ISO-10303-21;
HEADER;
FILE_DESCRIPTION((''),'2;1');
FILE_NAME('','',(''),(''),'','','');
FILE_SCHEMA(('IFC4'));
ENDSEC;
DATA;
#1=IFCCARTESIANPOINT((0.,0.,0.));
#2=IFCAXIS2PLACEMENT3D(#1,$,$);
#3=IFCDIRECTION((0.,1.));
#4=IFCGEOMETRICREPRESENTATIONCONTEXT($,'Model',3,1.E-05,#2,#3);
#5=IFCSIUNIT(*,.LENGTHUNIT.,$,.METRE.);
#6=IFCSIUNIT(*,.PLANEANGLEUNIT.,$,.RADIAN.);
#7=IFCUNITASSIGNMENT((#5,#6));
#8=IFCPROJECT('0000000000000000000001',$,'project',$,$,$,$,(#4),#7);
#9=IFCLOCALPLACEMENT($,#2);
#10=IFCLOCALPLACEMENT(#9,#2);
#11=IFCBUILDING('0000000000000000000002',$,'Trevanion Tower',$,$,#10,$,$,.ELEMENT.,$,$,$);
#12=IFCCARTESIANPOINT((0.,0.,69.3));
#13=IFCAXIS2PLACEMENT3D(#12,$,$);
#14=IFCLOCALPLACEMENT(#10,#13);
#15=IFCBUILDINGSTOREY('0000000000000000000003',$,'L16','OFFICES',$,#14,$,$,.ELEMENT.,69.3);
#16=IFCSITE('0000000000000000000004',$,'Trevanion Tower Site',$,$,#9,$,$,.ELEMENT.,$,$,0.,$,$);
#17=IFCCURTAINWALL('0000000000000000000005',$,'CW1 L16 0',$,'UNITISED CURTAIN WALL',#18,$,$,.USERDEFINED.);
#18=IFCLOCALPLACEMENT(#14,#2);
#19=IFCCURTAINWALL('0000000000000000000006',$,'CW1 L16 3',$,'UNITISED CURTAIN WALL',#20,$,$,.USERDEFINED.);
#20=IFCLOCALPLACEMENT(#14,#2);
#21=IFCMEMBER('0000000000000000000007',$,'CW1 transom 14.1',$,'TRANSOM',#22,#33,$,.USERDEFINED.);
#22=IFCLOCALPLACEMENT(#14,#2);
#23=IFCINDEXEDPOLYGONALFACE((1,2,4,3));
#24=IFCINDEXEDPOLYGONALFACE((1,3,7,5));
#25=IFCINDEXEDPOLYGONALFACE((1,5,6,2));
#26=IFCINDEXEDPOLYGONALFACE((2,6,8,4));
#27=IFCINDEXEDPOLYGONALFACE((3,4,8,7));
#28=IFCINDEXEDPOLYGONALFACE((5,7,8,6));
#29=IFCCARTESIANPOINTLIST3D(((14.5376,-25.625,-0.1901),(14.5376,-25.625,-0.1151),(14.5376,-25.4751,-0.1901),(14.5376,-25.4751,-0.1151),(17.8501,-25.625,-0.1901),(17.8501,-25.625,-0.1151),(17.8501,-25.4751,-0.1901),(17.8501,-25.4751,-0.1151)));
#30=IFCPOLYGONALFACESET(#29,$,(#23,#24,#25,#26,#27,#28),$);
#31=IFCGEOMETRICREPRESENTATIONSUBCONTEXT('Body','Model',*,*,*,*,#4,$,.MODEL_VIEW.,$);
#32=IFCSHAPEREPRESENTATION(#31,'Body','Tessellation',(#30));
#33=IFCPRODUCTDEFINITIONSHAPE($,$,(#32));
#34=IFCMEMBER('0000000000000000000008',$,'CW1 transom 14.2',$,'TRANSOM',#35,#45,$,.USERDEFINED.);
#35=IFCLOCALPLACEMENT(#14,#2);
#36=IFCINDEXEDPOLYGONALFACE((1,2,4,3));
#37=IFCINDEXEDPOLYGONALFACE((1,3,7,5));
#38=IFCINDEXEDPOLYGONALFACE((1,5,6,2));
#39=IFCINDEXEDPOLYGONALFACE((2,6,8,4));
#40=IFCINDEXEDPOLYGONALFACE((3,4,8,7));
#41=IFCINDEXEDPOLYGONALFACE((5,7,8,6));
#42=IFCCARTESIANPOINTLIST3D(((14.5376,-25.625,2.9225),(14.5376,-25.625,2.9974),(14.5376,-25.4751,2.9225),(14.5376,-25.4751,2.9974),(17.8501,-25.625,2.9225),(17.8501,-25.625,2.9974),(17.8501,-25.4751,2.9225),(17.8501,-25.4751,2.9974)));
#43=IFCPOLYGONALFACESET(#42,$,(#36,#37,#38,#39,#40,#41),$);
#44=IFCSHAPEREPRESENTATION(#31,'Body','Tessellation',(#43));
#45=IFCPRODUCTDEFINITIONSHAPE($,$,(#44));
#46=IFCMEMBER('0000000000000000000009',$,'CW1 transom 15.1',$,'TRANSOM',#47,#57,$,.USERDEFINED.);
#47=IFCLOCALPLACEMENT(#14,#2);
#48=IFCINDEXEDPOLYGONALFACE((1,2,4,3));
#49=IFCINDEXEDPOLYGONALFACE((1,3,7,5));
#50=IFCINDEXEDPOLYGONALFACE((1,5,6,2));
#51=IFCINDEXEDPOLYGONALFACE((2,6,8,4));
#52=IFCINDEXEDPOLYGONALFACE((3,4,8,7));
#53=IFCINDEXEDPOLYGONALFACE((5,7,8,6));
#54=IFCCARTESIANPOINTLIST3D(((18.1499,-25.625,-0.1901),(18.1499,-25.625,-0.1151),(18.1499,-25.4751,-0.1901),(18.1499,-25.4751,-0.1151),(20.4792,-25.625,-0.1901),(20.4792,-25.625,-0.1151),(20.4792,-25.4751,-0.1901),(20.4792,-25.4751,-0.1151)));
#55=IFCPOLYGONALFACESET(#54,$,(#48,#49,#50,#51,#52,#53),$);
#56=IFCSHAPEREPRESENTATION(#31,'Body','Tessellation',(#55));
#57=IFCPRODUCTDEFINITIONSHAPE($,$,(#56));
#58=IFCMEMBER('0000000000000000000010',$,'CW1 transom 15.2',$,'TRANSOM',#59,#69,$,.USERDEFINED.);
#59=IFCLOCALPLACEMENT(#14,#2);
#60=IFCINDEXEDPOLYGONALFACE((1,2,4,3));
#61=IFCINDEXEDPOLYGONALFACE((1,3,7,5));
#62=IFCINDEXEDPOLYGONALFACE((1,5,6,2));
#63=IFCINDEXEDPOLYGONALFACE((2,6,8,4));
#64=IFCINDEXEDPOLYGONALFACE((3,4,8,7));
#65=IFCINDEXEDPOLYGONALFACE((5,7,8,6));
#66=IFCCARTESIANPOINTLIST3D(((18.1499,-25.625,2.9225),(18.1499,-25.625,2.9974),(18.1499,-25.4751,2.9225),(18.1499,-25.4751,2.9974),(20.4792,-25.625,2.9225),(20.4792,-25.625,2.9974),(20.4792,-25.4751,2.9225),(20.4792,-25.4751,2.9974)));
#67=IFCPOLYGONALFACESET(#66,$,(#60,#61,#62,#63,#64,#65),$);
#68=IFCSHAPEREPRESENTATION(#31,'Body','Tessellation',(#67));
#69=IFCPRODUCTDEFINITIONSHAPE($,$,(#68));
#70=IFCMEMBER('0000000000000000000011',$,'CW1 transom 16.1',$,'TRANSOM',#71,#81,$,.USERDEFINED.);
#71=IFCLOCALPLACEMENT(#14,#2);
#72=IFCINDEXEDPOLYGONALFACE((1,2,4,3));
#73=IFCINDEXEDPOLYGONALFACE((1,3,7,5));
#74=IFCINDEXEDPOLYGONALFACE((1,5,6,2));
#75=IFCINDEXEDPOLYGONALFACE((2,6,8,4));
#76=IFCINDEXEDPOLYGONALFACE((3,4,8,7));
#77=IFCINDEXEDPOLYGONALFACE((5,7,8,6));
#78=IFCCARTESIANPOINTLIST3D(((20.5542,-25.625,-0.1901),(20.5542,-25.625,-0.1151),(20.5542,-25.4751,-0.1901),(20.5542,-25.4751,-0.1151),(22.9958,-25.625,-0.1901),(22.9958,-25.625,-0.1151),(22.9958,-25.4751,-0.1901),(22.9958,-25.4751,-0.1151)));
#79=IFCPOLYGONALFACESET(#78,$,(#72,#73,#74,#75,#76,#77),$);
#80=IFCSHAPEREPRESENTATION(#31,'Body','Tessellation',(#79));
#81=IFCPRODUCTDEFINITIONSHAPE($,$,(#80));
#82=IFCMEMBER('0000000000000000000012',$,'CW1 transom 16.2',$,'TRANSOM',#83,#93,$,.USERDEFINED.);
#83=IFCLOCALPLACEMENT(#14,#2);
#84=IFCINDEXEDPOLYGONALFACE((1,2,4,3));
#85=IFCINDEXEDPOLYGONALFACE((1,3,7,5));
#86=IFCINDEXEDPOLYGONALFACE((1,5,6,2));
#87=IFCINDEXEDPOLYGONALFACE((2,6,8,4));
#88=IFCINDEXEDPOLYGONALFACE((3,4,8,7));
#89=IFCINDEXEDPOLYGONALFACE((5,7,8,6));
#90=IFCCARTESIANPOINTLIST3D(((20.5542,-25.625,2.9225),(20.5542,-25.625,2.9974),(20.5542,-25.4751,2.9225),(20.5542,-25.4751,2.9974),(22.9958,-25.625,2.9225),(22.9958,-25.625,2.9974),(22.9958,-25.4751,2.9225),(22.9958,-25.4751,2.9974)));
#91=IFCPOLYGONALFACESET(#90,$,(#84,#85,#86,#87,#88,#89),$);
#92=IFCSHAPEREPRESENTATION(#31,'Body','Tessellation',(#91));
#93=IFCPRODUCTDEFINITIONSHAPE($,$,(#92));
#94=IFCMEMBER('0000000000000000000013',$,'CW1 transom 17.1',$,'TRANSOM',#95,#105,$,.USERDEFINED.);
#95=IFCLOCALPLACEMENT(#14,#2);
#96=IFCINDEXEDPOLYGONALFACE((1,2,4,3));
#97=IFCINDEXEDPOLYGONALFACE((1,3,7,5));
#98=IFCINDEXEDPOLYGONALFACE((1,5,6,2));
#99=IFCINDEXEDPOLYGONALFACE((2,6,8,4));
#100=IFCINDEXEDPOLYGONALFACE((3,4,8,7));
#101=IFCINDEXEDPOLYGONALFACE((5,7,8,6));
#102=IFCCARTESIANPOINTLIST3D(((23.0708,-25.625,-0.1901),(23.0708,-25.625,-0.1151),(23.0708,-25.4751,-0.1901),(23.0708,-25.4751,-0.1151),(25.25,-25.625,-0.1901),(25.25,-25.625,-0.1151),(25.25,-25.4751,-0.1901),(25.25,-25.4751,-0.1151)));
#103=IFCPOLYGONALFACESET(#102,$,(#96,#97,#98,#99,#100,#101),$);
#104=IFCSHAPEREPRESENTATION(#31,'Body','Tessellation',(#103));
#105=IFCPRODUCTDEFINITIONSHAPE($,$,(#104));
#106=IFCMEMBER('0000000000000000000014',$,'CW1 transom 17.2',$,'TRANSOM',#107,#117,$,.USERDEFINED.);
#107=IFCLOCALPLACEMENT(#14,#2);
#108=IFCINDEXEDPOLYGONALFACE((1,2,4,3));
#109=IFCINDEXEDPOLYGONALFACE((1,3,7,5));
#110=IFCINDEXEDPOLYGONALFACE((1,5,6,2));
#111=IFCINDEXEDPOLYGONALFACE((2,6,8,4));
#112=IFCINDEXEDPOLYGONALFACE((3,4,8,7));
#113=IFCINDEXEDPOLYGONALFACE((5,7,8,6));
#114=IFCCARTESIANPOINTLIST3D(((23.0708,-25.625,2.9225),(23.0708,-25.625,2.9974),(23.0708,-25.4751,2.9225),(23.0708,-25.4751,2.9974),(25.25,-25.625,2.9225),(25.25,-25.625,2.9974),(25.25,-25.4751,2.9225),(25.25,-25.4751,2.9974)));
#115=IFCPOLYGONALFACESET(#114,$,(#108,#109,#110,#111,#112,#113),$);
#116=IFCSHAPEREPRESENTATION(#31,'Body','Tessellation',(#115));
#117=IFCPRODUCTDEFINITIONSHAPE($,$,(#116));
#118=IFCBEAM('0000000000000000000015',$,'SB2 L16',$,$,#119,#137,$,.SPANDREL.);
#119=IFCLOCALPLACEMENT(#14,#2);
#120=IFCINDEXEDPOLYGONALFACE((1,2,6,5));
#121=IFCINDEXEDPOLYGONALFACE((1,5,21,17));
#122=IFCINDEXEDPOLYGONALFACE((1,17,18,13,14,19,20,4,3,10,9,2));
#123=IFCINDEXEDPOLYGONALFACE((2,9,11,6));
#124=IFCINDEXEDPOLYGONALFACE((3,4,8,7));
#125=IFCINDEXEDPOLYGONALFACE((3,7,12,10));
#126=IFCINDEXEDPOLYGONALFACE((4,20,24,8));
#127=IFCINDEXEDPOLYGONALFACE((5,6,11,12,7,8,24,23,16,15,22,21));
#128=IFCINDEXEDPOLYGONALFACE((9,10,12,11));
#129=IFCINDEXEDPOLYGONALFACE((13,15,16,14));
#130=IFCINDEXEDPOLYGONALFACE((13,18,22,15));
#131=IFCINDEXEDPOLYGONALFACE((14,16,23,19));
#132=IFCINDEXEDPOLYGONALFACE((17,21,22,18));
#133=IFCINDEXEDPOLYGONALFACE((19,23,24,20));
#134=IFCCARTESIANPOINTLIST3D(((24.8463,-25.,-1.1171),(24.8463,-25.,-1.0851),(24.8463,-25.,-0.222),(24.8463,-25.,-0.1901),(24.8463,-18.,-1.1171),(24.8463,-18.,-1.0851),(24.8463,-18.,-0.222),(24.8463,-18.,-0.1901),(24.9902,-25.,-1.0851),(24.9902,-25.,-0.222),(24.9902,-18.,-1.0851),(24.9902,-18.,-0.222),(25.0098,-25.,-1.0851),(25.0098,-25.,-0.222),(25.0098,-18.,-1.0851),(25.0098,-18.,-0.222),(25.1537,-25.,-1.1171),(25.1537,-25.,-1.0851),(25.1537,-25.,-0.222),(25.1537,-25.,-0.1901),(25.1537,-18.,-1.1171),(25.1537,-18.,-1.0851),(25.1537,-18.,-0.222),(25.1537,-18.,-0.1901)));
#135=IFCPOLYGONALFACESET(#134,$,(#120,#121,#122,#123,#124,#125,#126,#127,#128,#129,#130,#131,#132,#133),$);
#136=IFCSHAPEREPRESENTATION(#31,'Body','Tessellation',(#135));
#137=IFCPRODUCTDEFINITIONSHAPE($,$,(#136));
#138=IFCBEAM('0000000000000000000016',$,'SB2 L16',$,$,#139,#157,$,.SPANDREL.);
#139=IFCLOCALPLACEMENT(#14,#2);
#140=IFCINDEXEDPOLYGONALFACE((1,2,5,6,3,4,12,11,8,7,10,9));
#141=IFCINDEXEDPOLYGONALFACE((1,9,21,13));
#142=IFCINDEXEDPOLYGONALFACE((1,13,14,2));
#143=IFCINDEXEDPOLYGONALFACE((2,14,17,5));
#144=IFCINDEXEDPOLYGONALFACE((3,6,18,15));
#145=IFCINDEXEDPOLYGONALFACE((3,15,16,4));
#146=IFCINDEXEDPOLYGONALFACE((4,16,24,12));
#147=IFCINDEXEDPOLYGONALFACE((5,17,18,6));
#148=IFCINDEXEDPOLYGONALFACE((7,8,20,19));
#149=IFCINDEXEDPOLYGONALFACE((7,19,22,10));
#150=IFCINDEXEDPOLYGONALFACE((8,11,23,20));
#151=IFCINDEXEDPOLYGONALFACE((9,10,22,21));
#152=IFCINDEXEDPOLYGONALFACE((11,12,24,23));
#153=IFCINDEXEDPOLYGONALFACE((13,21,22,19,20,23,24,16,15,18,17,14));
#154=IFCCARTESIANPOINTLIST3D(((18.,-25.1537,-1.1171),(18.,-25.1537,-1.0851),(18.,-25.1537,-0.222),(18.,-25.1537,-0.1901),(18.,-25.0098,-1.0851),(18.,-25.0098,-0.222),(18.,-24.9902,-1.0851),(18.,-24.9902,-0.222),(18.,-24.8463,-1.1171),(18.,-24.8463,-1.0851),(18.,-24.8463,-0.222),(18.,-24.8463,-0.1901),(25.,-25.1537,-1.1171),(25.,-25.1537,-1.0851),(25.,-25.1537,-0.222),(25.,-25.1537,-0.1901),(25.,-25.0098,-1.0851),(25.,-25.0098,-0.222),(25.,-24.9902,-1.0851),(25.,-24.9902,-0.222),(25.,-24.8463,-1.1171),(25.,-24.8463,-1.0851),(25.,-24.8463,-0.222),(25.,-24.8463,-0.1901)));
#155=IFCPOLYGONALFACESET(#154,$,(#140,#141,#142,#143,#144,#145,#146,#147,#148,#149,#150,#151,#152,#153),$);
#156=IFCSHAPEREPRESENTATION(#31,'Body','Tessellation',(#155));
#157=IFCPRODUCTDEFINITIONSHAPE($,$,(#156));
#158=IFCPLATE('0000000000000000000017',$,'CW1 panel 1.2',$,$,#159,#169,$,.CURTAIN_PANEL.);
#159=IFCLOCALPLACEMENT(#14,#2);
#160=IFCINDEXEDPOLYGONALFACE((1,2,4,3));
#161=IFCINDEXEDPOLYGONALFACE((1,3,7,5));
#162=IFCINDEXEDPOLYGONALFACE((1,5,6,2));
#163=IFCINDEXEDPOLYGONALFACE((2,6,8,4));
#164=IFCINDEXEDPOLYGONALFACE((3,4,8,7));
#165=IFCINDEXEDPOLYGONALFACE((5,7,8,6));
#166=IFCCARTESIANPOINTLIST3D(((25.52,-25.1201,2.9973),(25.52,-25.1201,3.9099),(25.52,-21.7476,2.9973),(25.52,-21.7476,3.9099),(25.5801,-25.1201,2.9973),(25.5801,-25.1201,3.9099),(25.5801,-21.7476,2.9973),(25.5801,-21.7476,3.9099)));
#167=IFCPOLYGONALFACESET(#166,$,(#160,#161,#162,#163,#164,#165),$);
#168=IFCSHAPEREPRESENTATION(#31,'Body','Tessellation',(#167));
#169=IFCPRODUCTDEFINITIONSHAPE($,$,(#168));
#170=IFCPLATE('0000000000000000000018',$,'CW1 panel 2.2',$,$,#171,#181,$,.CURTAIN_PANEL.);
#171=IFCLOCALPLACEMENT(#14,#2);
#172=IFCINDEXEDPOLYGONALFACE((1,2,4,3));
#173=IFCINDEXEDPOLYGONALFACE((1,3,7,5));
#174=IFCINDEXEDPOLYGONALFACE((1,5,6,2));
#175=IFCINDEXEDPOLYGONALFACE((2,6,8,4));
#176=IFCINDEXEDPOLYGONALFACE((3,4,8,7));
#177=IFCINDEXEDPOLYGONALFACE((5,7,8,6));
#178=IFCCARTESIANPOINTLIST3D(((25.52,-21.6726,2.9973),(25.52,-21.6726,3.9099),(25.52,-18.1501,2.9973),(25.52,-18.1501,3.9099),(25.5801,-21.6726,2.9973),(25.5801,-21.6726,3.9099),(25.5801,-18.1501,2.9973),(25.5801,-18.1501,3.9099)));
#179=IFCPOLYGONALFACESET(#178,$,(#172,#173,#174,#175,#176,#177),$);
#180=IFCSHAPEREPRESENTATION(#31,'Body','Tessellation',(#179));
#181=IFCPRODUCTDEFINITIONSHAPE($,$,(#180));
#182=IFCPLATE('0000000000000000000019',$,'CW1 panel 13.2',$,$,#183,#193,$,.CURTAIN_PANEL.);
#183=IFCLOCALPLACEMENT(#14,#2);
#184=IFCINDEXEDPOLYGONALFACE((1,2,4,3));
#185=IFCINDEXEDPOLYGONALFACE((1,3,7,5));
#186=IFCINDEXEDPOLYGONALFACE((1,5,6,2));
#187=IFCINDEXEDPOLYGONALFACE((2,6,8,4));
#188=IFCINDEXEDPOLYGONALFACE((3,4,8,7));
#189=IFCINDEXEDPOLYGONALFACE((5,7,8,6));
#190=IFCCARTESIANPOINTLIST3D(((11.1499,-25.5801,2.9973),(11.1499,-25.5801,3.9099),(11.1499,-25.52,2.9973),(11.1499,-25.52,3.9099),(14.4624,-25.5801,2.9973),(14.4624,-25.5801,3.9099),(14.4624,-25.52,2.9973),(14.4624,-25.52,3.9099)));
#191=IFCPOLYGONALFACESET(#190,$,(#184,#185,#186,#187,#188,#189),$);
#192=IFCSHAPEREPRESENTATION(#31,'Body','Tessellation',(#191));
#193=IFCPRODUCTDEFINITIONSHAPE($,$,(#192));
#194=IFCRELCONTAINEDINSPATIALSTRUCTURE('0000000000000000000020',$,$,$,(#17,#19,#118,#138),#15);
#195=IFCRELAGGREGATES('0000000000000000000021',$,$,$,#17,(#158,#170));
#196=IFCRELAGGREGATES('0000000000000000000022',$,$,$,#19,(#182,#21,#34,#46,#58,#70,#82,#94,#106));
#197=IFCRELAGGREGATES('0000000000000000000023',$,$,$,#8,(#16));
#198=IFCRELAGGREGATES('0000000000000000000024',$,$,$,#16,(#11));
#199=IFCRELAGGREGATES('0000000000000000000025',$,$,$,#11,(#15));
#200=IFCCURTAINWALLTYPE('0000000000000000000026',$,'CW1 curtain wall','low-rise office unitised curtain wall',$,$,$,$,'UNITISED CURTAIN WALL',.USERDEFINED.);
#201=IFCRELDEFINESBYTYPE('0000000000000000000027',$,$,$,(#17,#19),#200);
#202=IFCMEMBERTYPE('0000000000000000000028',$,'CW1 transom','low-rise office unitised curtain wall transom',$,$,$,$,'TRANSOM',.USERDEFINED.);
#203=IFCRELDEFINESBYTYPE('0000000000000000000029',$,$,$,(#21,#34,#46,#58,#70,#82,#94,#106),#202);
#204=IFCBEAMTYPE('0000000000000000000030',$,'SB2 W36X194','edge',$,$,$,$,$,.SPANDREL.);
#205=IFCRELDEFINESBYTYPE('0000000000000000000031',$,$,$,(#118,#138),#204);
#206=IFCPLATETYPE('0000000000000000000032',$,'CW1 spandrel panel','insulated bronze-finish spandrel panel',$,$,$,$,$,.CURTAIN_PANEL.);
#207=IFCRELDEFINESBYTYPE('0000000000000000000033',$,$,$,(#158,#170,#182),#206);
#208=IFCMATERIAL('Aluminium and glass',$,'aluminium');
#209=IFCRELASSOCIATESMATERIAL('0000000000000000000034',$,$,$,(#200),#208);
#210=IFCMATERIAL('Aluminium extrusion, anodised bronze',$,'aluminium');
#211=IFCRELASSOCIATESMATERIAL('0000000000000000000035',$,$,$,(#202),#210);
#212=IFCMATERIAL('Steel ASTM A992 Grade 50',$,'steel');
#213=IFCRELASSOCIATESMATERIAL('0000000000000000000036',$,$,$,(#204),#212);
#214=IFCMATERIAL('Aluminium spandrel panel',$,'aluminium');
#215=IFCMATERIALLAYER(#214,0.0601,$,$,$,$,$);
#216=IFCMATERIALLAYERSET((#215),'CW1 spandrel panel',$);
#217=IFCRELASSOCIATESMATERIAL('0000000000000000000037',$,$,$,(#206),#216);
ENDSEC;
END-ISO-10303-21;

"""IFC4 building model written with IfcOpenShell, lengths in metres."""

from ifc_helpers import new_model, si_unit, direction, frame, origin, origin_2d, place, context, subcontext, project, spatial, rectangle, i_section, extrude, material, layer, layer_set, material_profile, profile_set, type_object, element, aggregate, save


model = new_model("IFC4")

# Units and contexts
model_context = context("Model", 3, precision=1e-05, world=origin(), true_north=direction((0.0, 1.0)))
body_context = subcontext(model_context, "Body", "Model", "MODEL_VIEW")
ifc_project = project(units=[si_unit("LENGTHUNIT", "METRE"), si_unit("PLANEANGLEUNIT", "RADIAN")], contexts=[model_context])

# Site, building, storey
site_placement = place(None, origin())
site = spatial("IfcSite", under=ifc_project, at=site_placement, Name="Trevanion Tower Site", CompositionType="ELEMENT", RefElevation=0.0)
building_placement = place(site_placement, origin())
building = spatial("IfcBuilding", under=site, at=building_placement, Name="Trevanion Tower", CompositionType="ELEMENT")
storey_placement = place(building_placement, frame((0.0, 0.0, 69.3)))
storey = spatial("IfcBuildingStorey", under=building, at=storey_placement, Name="L16", Description="OFFICES", CompositionType="ELEMENT", Elevation=69.3)

# Curtain wall
ifc_material_1 = material(Name="Aluminium and glass", Category="aluminium")
curtain_wall_type = type_object("IfcCurtainWallType", Name="CW1 curtain wall", Description="low-rise office unitised curtain wall", ElementType="UNITISED CURTAIN WALL", PredefinedType="USERDEFINED", material=ifc_material_1)
curtain_wall_1_placement = place(storey_placement, origin())
curtain_wall_1 = element("IfcCurtainWall", 1, at=curtain_wall_1_placement, inside=storey, type_object=curtain_wall_type, Name="CW1 L16 0", ObjectType="UNITISED CURTAIN WALL", PredefinedType="USERDEFINED")

# Curtain wall
curtain_wall_2_placement = place(storey_placement, origin())
curtain_wall_2 = element("IfcCurtainWall", 2, at=curtain_wall_2_placement, inside=storey, type_object=curtain_wall_type, Name="CW1 L16 3", ObjectType="UNITISED CURTAIN WALL", PredefinedType="USERDEFINED")

# Members
ifc_material_2 = material(Name="Aluminium extrusion, anodised bronze", Category="aluminium")
ifc_material_profile_1 = material_profile(ifc_material_2, rectangle(XDim=0.1499, YDim=0.075, at=origin_2d()), Name="CW1 transom")
ifc_profile_set_1 = profile_set([ifc_material_profile_1], Name="Aluminium extrusion, anodised bronze")
member_type_1 = type_object("IfcMemberType", Name="CW1 transom", Description="low-rise office unitised curtain wall transom", ElementType="TRANSOM", PredefinedType="USERDEFINED", material=ifc_profile_set_1)
member_1_placement = place(storey_placement, frame((14.5376, -25.55, -0.1526), z_axis=(1.0, 0.0, 0.0), x_axis=(0.0, 1.0, 0.0)))
member_1 = element("IfcMember", 3, at=member_1_placement, type_object=member_type_1, Name="CW1 transom 14.1", ObjectType="TRANSOM", PredefinedType="USERDEFINED", context=body_context, shape_type="SweptSolid", body=[
    extrude(rectangle(XDim=0.1499, YDim=0.075, at=origin_2d()), origin(), (0.0, 0.0, 1.0), 3.3125),
])
member_2_placement = place(storey_placement, frame((14.5376, -25.55, 2.96), z_axis=(1.0, 0.0, 0.0), x_axis=(0.0, 1.0, 0.0)))
member_2 = element("IfcMember", 4, at=member_2_placement, type_object=member_type_1, Name="CW1 transom 14.2", ObjectType="TRANSOM", PredefinedType="USERDEFINED", context=body_context, shape_type="SweptSolid", body=[
    extrude(rectangle(XDim=0.1499, YDim=0.075, at=origin_2d()), origin(), (0.0, 0.0, 1.0), 3.3125),
])
member_3_placement = place(storey_placement, frame((18.1499, -25.55, -0.1526), z_axis=(1.0, 0.0, 0.0), x_axis=(0.0, 1.0, 0.0)))
member_3 = element("IfcMember", 5, at=member_3_placement, type_object=member_type_1, Name="CW1 transom 15.1", ObjectType="TRANSOM", PredefinedType="USERDEFINED", context=body_context, shape_type="SweptSolid", body=[
    extrude(rectangle(XDim=0.1499, YDim=0.075, at=origin_2d()), origin(), (0.0, 0.0, 1.0), 2.3293),
])
member_4_placement = place(storey_placement, frame((18.1499, -25.55, 2.96), z_axis=(1.0, 0.0, 0.0), x_axis=(0.0, 1.0, 0.0)))
member_4 = element("IfcMember", 6, at=member_4_placement, type_object=member_type_1, Name="CW1 transom 15.2", ObjectType="TRANSOM", PredefinedType="USERDEFINED", context=body_context, shape_type="SweptSolid", body=[
    extrude(rectangle(XDim=0.1499, YDim=0.075, at=origin_2d()), origin(), (0.0, 0.0, 1.0), 2.3293),
])
member_5_placement = place(storey_placement, frame((20.5542, -25.55, -0.1526), z_axis=(1.0, 0.0, 0.0), x_axis=(0.0, 1.0, 0.0)))
member_5 = element("IfcMember", 7, at=member_5_placement, type_object=member_type_1, Name="CW1 transom 16.1", ObjectType="TRANSOM", PredefinedType="USERDEFINED", context=body_context, shape_type="SweptSolid", body=[
    extrude(rectangle(XDim=0.1499, YDim=0.075, at=origin_2d()), origin(), (0.0, 0.0, 1.0), 2.4417),
])
member_6_placement = place(storey_placement, frame((20.5542, -25.55, 2.96), z_axis=(1.0, 0.0, 0.0), x_axis=(0.0, 1.0, 0.0)))
member_6 = element("IfcMember", 8, at=member_6_placement, type_object=member_type_1, Name="CW1 transom 16.2", ObjectType="TRANSOM", PredefinedType="USERDEFINED", context=body_context, shape_type="SweptSolid", body=[
    extrude(rectangle(XDim=0.1499, YDim=0.075, at=origin_2d()), origin(), (0.0, 0.0, 1.0), 2.4417),
])
member_7_placement = place(storey_placement, frame((23.0708, -25.55, -0.1526), z_axis=(1.0, 0.0, 0.0), x_axis=(0.0, 1.0, 0.0)))
member_7 = element("IfcMember", 9, at=member_7_placement, type_object=member_type_1, Name="CW1 transom 17.1", ObjectType="TRANSOM", PredefinedType="USERDEFINED", context=body_context, shape_type="SweptSolid", body=[
    extrude(rectangle(XDim=0.1499, YDim=0.075, at=origin_2d()), origin(), (0.0, 0.0, 1.0), 2.1792),
])
member_8_placement = place(storey_placement, frame((23.0708, -25.55, 2.96), z_axis=(1.0, 0.0, 0.0), x_axis=(0.0, 1.0, 0.0)))
member_8 = element("IfcMember", 10, at=member_8_placement, type_object=member_type_1, Name="CW1 transom 17.2", ObjectType="TRANSOM", PredefinedType="USERDEFINED", context=body_context, shape_type="SweptSolid", body=[
    extrude(rectangle(XDim=0.1499, YDim=0.075, at=origin_2d()), origin(), (0.0, 0.0, 1.0), 2.1792),
])

# Beams
ifc_material_3 = material(Name="Steel ASTM A992 Grade 50", Category="steel")
ifc_material_profile_2 = material_profile(ifc_material_3, i_section(OverallWidth=0.3074, OverallDepth=0.927, WebThickness=0.0195, FlangeThickness=0.032, at=origin_2d()), Name="W36X194")
ifc_profile_set_2 = profile_set([ifc_material_profile_2], Name="Steel ASTM A992 Grade 50")
beam_type = type_object("IfcBeamType", Name="SB2 W36X194", Description="edge", PredefinedType="SPANDREL", material=ifc_profile_set_2)
for number, where, z_axis, x_axis, name in (
    (11, (25.0, -25.0, -0.6536), (0.0, 1.0, 0.0), (-1.0, 0.0, 0.0), "SB2 L16"),
    (12, (18.0, -25.0, -0.6536), (1.0, 0.0, 0.0), (0.0, 1.0, 0.0), "SB2 L16"),
):
    element("IfcBeam", number, at=place(storey_placement, frame(where, z_axis=z_axis, x_axis=x_axis)), inside=storey, type_object=beam_type, Name=name, PredefinedType="SPANDREL", context=body_context, shape_type="SweptSolid", body=[
        extrude(i_section(OverallWidth=0.3074, OverallDepth=0.927, WebThickness=0.0195, FlangeThickness=0.032, at=origin_2d()), origin(), (0.0, 0.0, 1.0), 7.0),
    ])

# Plates
ifc_material_4 = material(Name="Aluminium spandrel panel", Category="aluminium")
ifc_layer_1 = layer(ifc_material_4, 0.0601)
ifc_layer_set_1 = layer_set([ifc_layer_1], Name="CW1 spandrel panel")
plate_type_1 = type_object("IfcPlateType", Name="CW1 spandrel panel", Description="insulated bronze-finish spandrel panel", PredefinedType="CURTAIN_PANEL", material=ifc_layer_set_1)
plate_1_placement = place(storey_placement, frame((25.55, -23.4338, 2.9973), z_axis=(0.0, 0.0, 1.0), x_axis=(0.0, 1.0, 0.0)))
plate_1 = element("IfcPlate", 13, at=plate_1_placement, type_object=plate_type_1, Name="CW1 panel 1.2", PredefinedType="CURTAIN_PANEL", context=body_context, shape_type="SweptSolid", body=[
    extrude(rectangle(XDim=3.3726, YDim=0.0601, at=origin_2d()), origin(), (0.0, 0.0, 1.0), 0.9126),
])
plate_2_placement = place(storey_placement, frame((25.55, -19.9114, 2.9973), z_axis=(0.0, 0.0, 1.0), x_axis=(0.0, 1.0, 0.0)))
plate_2 = element("IfcPlate", 14, at=plate_2_placement, type_object=plate_type_1, Name="CW1 panel 2.2", PredefinedType="CURTAIN_PANEL", context=body_context, shape_type="SweptSolid", body=[
    extrude(rectangle(XDim=3.5225, YDim=0.0601, at=origin_2d()), origin(), (0.0, 0.0, 1.0), 0.9126),
])
plate_3_placement = place(storey_placement, frame((12.8062, -25.55, 2.9973), z_axis=(0.0, 0.0, 1.0), x_axis=(1.0, 0.0, 0.0)))
plate_3 = element("IfcPlate", 15, at=plate_3_placement, type_object=plate_type_1, Name="CW1 panel 13.2", PredefinedType="CURTAIN_PANEL", context=body_context, shape_type="SweptSolid", body=[
    extrude(rectangle(XDim=3.3125, YDim=0.0601, at=origin_2d()), origin(), (0.0, 0.0, 1.0), 0.9126),
])
aggregate(curtain_wall_1, [plate_1, plate_2])
aggregate(curtain_wall_2, [plate_3, member_1, member_2, member_3, member_4, member_5, member_6, member_7, member_8])

save(model, "model.ifc")
